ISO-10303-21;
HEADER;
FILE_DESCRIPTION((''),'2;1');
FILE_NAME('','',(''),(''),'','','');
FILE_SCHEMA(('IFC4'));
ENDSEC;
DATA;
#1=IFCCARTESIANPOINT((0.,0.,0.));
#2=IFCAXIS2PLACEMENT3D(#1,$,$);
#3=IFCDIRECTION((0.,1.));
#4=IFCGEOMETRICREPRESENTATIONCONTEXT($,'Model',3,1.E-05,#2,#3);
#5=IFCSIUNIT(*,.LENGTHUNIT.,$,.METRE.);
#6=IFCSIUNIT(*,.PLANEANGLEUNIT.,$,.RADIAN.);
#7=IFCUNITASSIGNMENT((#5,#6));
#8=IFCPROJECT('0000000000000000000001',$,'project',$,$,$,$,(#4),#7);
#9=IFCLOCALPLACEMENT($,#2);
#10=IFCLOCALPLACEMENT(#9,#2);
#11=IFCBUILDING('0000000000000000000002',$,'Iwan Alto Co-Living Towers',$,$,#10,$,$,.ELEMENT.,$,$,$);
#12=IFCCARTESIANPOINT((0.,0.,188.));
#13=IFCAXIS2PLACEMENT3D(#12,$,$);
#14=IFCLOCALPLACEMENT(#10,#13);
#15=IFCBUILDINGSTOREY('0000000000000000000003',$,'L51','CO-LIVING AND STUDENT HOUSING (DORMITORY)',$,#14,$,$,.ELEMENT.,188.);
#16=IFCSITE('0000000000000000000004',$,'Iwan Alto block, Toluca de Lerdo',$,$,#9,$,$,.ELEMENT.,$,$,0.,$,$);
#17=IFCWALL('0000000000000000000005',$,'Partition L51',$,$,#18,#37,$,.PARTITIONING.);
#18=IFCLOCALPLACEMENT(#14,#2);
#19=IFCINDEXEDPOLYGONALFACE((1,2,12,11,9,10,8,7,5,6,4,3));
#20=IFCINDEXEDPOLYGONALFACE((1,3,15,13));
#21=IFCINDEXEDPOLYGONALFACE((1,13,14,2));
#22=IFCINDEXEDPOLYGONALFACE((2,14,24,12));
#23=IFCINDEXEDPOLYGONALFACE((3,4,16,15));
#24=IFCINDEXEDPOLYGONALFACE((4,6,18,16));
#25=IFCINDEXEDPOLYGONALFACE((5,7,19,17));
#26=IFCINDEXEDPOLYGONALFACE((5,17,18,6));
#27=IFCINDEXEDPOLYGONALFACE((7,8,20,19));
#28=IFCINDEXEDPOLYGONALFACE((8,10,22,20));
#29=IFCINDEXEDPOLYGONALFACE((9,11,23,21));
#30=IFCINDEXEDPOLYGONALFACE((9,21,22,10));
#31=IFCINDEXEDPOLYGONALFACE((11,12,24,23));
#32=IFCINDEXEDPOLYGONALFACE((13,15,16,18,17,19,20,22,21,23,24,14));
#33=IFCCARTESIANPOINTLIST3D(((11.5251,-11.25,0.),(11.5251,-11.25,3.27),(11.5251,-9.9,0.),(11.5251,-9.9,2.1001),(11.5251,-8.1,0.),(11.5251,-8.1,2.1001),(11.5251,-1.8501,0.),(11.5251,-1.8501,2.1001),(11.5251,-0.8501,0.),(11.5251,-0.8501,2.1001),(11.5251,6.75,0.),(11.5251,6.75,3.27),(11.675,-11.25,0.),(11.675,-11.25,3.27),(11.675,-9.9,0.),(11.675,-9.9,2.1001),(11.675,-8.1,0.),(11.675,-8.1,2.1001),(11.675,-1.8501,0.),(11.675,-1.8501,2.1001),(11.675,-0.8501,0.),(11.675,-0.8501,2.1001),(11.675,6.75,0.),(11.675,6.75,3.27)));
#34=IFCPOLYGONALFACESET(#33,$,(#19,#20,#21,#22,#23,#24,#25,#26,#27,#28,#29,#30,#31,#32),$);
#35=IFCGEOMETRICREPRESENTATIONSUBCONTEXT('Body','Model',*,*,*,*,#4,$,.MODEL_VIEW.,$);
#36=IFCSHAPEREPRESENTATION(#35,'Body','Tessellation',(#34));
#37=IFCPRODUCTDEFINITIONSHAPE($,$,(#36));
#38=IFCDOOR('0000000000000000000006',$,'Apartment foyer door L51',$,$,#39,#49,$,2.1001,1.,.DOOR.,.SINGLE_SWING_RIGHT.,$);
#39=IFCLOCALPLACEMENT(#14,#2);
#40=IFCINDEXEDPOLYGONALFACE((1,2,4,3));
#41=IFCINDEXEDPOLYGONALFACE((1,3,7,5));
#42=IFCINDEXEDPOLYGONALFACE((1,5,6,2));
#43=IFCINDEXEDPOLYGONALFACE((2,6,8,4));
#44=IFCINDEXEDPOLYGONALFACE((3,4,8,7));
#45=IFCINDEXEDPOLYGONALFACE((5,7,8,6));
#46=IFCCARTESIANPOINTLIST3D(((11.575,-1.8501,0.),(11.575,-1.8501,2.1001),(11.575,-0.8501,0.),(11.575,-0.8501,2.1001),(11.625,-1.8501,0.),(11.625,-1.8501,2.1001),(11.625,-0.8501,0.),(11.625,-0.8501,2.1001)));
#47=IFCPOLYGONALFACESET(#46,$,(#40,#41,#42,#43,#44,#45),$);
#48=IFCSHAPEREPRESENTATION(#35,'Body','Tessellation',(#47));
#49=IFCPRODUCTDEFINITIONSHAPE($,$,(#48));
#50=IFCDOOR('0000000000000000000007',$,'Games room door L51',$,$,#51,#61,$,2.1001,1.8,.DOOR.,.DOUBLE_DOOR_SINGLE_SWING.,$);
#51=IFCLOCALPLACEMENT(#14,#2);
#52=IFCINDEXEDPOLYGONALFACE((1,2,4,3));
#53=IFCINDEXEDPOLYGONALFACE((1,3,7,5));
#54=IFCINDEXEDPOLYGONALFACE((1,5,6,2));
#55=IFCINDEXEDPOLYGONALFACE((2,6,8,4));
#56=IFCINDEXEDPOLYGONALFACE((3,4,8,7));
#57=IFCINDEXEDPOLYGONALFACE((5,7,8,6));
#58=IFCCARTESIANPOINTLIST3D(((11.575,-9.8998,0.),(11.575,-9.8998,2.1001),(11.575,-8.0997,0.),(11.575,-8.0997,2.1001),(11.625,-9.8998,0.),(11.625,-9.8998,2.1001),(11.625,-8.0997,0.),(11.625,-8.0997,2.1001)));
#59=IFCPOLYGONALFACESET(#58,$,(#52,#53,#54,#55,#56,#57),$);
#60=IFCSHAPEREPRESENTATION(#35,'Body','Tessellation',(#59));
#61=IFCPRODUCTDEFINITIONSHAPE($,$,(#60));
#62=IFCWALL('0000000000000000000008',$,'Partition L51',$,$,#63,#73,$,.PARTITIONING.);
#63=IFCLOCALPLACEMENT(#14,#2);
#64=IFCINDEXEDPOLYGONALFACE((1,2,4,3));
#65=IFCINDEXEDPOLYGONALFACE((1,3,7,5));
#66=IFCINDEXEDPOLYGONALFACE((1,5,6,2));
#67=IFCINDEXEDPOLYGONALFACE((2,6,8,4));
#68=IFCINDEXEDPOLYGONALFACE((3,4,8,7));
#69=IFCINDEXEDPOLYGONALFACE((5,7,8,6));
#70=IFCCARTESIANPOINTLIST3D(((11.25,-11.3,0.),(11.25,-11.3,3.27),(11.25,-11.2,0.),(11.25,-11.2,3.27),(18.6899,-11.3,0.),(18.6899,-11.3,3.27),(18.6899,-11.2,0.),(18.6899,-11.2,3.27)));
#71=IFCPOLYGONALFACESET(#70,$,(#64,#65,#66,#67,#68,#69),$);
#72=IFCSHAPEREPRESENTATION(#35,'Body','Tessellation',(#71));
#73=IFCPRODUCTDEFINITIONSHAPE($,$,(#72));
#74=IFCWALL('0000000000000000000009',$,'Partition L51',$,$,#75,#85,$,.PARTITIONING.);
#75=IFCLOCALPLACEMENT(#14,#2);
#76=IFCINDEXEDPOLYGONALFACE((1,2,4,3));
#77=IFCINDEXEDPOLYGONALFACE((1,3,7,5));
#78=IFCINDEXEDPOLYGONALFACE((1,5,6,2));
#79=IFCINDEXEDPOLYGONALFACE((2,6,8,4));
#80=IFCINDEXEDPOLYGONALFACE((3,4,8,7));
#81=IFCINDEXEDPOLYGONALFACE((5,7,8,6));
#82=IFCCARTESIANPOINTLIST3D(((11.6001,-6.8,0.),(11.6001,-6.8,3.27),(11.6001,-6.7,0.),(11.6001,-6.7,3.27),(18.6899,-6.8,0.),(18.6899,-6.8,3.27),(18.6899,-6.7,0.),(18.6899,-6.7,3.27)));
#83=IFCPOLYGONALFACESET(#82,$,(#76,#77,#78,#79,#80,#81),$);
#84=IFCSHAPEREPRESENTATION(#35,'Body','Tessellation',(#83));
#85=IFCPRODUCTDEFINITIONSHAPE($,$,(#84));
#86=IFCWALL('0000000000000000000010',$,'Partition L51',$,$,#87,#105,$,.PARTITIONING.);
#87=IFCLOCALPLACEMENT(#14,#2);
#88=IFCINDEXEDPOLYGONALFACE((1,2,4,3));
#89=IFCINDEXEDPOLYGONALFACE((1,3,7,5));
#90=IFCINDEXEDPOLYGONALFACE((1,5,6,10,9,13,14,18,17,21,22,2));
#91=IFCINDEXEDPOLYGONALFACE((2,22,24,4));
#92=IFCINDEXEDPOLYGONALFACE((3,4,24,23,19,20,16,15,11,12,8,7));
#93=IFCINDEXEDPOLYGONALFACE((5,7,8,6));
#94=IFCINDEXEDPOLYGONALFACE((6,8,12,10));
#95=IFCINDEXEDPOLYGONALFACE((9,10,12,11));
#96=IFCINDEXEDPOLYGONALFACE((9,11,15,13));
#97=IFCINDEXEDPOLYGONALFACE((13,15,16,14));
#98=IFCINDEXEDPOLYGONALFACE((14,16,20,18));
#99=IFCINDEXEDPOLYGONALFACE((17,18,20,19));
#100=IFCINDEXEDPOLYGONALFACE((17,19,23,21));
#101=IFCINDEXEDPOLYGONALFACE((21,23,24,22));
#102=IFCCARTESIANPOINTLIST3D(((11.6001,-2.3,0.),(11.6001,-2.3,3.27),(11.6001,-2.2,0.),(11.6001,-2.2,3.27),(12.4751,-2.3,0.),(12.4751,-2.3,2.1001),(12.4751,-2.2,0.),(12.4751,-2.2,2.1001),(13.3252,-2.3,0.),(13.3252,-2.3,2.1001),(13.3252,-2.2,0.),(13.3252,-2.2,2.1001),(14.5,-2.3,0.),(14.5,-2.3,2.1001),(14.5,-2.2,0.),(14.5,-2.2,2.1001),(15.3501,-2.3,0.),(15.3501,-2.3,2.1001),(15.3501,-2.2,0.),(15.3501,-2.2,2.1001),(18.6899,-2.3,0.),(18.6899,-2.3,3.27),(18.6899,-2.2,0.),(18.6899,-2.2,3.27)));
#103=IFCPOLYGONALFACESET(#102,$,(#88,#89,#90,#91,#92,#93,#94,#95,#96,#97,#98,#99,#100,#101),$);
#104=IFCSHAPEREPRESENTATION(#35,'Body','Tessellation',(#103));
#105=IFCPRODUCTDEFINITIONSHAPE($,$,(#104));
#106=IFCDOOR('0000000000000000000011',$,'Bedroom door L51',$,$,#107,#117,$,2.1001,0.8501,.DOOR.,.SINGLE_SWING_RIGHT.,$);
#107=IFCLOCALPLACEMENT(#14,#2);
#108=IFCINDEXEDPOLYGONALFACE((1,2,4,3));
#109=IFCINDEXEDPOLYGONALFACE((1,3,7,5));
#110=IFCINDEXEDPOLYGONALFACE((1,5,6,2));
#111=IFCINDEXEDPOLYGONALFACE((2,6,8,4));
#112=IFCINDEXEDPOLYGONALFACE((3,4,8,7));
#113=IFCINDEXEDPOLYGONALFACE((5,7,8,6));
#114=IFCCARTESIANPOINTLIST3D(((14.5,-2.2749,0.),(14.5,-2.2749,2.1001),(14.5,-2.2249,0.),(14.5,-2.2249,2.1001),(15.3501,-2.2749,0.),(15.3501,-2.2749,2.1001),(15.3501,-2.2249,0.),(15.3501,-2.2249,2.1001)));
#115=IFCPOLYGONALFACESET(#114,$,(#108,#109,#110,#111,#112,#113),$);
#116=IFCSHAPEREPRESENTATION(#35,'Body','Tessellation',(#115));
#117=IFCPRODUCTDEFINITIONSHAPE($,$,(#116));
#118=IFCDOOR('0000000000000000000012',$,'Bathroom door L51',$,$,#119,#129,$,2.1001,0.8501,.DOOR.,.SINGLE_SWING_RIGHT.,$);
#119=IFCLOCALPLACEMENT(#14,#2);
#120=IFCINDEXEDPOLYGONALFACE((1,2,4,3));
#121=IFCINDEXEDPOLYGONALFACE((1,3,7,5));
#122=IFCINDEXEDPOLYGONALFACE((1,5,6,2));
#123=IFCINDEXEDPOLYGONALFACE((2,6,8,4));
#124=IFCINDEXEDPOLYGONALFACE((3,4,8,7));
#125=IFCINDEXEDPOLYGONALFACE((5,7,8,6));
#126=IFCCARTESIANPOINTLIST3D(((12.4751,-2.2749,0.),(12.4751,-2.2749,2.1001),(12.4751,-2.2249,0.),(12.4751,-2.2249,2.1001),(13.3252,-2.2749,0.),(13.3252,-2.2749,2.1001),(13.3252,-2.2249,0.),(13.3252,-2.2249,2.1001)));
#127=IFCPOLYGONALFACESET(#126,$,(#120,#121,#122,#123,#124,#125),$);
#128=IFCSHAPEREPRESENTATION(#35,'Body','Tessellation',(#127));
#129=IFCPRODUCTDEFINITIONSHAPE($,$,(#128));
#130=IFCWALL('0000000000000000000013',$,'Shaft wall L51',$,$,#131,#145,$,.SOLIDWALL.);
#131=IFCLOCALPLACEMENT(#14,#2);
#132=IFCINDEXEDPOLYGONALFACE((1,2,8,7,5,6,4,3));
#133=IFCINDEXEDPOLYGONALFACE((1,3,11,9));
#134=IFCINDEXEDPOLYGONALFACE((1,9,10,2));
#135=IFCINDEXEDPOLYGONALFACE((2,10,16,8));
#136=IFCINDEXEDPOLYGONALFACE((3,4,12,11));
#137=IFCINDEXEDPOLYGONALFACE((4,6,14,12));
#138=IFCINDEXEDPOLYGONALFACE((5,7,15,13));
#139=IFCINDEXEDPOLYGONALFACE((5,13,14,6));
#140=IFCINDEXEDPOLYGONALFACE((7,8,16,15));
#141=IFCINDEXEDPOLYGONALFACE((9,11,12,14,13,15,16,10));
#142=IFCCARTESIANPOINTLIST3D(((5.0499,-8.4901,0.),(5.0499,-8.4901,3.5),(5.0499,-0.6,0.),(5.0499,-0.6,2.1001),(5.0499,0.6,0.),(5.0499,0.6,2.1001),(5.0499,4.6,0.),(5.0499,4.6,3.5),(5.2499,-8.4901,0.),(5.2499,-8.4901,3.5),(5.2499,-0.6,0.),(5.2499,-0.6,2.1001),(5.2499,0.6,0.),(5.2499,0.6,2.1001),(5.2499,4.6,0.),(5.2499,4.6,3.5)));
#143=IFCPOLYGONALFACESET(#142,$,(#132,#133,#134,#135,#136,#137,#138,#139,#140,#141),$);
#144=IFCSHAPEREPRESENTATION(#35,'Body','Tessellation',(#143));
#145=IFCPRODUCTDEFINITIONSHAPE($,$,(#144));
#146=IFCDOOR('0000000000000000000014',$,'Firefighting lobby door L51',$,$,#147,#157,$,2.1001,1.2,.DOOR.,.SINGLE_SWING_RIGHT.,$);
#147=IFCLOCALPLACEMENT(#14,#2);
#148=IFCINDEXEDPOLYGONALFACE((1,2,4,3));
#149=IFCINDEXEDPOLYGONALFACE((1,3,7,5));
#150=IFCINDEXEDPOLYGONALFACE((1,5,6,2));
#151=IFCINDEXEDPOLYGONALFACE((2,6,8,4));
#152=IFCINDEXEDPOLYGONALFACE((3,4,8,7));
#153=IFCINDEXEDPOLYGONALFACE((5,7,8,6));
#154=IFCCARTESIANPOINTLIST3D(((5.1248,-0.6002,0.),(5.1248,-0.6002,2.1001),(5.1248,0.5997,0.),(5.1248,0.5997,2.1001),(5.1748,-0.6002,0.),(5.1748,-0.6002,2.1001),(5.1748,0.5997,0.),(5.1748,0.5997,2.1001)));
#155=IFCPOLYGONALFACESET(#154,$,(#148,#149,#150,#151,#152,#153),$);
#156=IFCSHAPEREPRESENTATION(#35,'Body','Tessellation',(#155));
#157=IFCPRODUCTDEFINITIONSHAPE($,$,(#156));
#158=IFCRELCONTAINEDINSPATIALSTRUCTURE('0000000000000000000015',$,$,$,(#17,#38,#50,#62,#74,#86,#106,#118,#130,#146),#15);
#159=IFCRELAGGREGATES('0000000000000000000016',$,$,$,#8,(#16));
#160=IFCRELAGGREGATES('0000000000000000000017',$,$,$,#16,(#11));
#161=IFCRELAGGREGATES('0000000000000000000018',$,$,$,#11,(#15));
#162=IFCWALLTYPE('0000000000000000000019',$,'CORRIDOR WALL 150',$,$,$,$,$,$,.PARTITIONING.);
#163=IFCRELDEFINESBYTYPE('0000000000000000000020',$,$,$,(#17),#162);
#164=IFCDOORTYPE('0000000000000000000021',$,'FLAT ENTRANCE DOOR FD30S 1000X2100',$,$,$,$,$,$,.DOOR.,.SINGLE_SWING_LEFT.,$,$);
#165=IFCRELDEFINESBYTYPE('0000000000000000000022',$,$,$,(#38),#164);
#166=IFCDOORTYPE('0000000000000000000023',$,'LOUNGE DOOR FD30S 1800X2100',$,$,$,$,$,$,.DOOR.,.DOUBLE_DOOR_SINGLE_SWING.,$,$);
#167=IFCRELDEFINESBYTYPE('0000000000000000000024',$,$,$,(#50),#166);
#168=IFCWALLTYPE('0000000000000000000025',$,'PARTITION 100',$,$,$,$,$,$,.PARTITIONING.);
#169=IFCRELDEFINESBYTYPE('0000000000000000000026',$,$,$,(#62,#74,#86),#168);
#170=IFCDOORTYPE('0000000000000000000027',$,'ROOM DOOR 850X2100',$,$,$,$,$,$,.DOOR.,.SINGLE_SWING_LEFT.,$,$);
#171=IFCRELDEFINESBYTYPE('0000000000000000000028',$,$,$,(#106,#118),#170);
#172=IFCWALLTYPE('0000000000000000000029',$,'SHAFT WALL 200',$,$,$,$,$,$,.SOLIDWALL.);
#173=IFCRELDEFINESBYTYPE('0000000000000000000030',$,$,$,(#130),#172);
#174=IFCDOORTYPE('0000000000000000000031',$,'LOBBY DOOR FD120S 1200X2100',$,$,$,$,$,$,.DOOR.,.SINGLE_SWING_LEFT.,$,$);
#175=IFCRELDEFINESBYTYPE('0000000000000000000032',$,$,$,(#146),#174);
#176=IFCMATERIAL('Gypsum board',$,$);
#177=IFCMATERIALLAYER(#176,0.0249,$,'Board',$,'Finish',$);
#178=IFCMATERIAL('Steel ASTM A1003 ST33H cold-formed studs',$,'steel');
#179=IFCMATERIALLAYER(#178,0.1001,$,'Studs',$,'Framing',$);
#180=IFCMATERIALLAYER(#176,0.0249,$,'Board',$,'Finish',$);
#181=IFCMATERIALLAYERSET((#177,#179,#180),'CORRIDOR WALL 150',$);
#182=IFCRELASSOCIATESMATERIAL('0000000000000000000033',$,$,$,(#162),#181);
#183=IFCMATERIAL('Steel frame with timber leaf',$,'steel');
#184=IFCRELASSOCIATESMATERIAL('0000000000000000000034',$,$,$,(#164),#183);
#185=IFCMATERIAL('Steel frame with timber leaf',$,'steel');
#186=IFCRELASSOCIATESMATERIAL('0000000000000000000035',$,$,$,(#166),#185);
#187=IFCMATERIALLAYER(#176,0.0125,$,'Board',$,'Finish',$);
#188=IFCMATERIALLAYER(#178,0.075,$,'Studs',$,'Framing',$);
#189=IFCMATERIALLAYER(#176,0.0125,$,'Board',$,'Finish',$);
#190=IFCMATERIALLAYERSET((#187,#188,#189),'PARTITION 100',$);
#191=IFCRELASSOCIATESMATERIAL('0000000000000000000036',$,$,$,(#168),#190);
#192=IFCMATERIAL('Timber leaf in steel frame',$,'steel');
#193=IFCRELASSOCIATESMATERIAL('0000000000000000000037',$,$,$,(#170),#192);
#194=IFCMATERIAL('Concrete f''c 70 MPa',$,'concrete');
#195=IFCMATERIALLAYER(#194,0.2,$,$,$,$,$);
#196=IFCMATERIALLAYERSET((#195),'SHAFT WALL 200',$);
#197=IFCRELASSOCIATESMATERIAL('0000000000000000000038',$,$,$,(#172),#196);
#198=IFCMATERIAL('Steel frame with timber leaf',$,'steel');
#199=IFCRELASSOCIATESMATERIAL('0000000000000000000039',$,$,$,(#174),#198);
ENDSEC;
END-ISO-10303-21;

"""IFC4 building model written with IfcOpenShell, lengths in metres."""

from ifc_helpers import new_model, si_unit, direction, frame, frame_2d, origin, place, context, subcontext, project, spatial, rectangle, extrude, material, layer, layer_set, type_object, element, fill, save


model = new_model("IFC4")

# Units and contexts
model_context = context("Model", 3, precision=1e-05, world=origin(), true_north=direction((0.0, 1.0)))
body_context = subcontext(model_context, "Body", "Model", "MODEL_VIEW")
ifc_project = project(units=[si_unit("LENGTHUNIT", "METRE"), si_unit("PLANEANGLEUNIT", "RADIAN")], contexts=[model_context])

# Site, building, storey
site_placement = place(None, origin())
site = spatial("IfcSite", under=ifc_project, at=site_placement, Name="Iwan Alto block, Toluca de Lerdo", CompositionType="ELEMENT", RefElevation=0.0)
building_placement = place(site_placement, origin())
building = spatial("IfcBuilding", under=site, at=building_placement, Name="Iwan Alto Co-Living Towers", CompositionType="ELEMENT")
storey_placement = place(building_placement, frame((0.0, 0.0, 188.0)))
storey = spatial("IfcBuildingStorey", under=building, at=storey_placement, Name="L51", Description="CO-LIVING AND STUDENT HOUSING (DORMITORY)", CompositionType="ELEMENT", Elevation=188.0)

# Wall, openings, doors
ifc_material_1 = material(Name="Gypsum board")
ifc_layer_1 = layer(ifc_material_1, 0.0249, Name="Board", Category="Finish")
ifc_material_2 = material(Name="Steel ASTM A1003 ST33H cold-formed studs", Category="steel")
ifc_layer_2 = layer(ifc_material_2, 0.1001, Name="Studs", Category="Framing")
ifc_layer_3 = layer(ifc_material_1, 0.0249, Name="Board", Category="Finish")
ifc_layer_set_1 = layer_set([ifc_layer_1, ifc_layer_2, ifc_layer_3], Name="CORRIDOR WALL 150")
wall_type_1 = type_object("IfcWallType", Name="CORRIDOR WALL 150", PredefinedType="PARTITIONING", material=ifc_layer_set_1)
wall_1_placement = place(storey_placement, frame((11.6001, -11.25, 0.0), z_axis=(0.0, 0.0, 1.0), x_axis=(0.0, 1.0, 0.0)))
wall_1 = element("IfcWall", 1, at=wall_1_placement, inside=storey, type_object=wall_type_1, Name="Partition L51", PredefinedType="PARTITIONING", context=body_context, shape_type="SweptSolid", body=[
    extrude(rectangle(XDim=18.0, YDim=0.1499, at=frame_2d((9.0, 0.0))), origin(), (0.0, 0.0, 1.0), 3.27),
])
opening_1_placement = place(wall_1_placement, frame((1.3501, 0.0, 0.0)))
opening_1 = element("IfcOpeningElement", 2, at=opening_1_placement, cuts=wall_1, PredefinedType="OPENING", context=body_context, shape_type="SweptSolid", body=[
    extrude(rectangle(XDim=1.8, YDim=2.1001, at=frame_2d((0.8999, 1.05))), frame((0.0, 0.085, 0.0), z_axis=(0.0, -1.0, 0.0), x_axis=(1.0, 0.0, 0.0)), (0.0, 0.0, 1.0), 0.1699),
])
opening_2_placement = place(wall_1_placement, frame((9.3999, 0.0, 0.0)))
opening_2 = element("IfcOpeningElement", 3, at=opening_2_placement, cuts=wall_1, PredefinedType="OPENING", context=body_context, shape_type="SweptSolid", body=[
    extrude(rectangle(XDim=1.0, YDim=2.1001, at=frame_2d((0.5, 1.05))), frame((0.0, 0.085, 0.0), z_axis=(0.0, -1.0, 0.0), x_axis=(1.0, 0.0, 0.0)), (0.0, 0.0, 1.0), 0.1699),
])
ifc_material_3 = material(Name="Steel frame with timber leaf", Category="steel")
door_type_1 = type_object("IfcDoorType", Name="FLAT ENTRANCE DOOR FD30S 1000X2100", OperationType="SINGLE_SWING_LEFT", PredefinedType="DOOR", material=ifc_material_3)
door_1_placement = place(opening_2_placement, frame((1.0, 0.0, 0.0), z_axis=(0.0, 0.0, 1.0), x_axis=(-1.0, 0.0, 0.0)))
door_1 = element("IfcDoor", 4, at=door_1_placement, inside=storey, type_object=door_type_1, Name="Apartment foyer door L51", OperationType="SINGLE_SWING_RIGHT", OverallHeight=2.1001, OverallWidth=1.0, PredefinedType="DOOR", context=body_context, shape_type="SweptSolid", body=[
    extrude(rectangle(XDim=1.0, YDim=2.1001, at=frame_2d((0.5, 1.05))), frame((0.0, 0.0249, 0.0), z_axis=(0.0, -1.0, 0.0), x_axis=(1.0, 0.0, 0.0)), (0.0, 0.0, 1.0), 0.05),
])
fill(opening_2, door_1)
ifc_material_4 = material(Name="Steel frame with timber leaf", Category="steel")
door_type_2 = type_object("IfcDoorType", Name="LOUNGE DOOR FD30S 1800X2100", OperationType="DOUBLE_DOOR_SINGLE_SWING", PredefinedType="DOOR", material=ifc_material_4)
door_2_placement = place(opening_1_placement, frame((1.8, 0.0, 0.0), z_axis=(0.0, 0.0, 1.0), x_axis=(-1.0, 0.0, 0.0)))
door_2 = element("IfcDoor", 5, at=door_2_placement, inside=storey, type_object=door_type_2, Name="Games room door L51", OperationType="DOUBLE_DOOR_SINGLE_SWING", OverallHeight=2.1001, OverallWidth=1.8, PredefinedType="DOOR", context=body_context, shape_type="SweptSolid", body=[
    extrude(rectangle(XDim=1.8, YDim=2.1001, at=frame_2d((0.8999, 1.05))), frame((0.0, 0.0249, 0.0), z_axis=(0.0, -1.0, 0.0), x_axis=(1.0, 0.0, 0.0)), (0.0, 0.0, 1.0), 0.05),
])
fill(opening_1, door_2)

# Walls
ifc_layer_4 = layer(ifc_material_1, 0.0125, Name="Board", Category="Finish")
ifc_layer_5 = layer(ifc_material_2, 0.075, Name="Studs", Category="Framing")
ifc_layer_6 = layer(ifc_material_1, 0.0125, Name="Board", Category="Finish")
ifc_layer_set_2 = layer_set([ifc_layer_4, ifc_layer_5, ifc_layer_6], Name="PARTITION 100")
wall_type_2 = type_object("IfcWallType", Name="PARTITION 100", PredefinedType="PARTITIONING", material=ifc_layer_set_2)
wall_2_placement = place(storey_placement, frame((11.25, -11.25, 0.0), z_axis=(0.0, 0.0, 1.0), x_axis=(1.0, 0.0, 0.0)))
element("IfcWall", 6, at=wall_2_placement, inside=storey, type_object=wall_type_2, Name="Partition L51", PredefinedType="PARTITIONING", context=body_context, shape_type="SweptSolid", body=[
    extrude(rectangle(XDim=7.4399, YDim=0.1001, at=frame_2d((3.72, 0.0))), origin(), (0.0, 0.0, 1.0), 3.27),
])
wall_3_placement = place(storey_placement, frame((11.6001, -6.75, 0.0), z_axis=(0.0, 0.0, 1.0), x_axis=(1.0, 0.0, 0.0)))
element("IfcWall", 7, at=wall_3_placement, inside=storey, type_object=wall_type_2, Name="Partition L51", PredefinedType="PARTITIONING", context=body_context, shape_type="SweptSolid", body=[
    extrude(rectangle(XDim=7.0898, YDim=0.1001, at=frame_2d((3.5449, 0.0))), origin(), (0.0, 0.0, 1.0), 3.27),
])

# Wall, openings, doors
wall_4_placement = place(storey_placement, frame((11.6001, -2.25, 0.0), z_axis=(0.0, 0.0, 1.0), x_axis=(1.0, 0.0, 0.0)))
wall_4 = element("IfcWall", 8, at=wall_4_placement, inside=storey, type_object=wall_type_2, Name="Partition L51", PredefinedType="PARTITIONING", context=body_context, shape_type="SweptSolid", body=[
    extrude(rectangle(XDim=7.0898, YDim=0.1001, at=frame_2d((3.5449, 0.0))), origin(), (0.0, 0.0, 1.0), 3.27),
])
opening_3_placement = place(wall_4_placement, frame((2.8999, 0.0, 0.0)))
opening_3 = element("IfcOpeningElement", 9, at=opening_3_placement, cuts=wall_4, PredefinedType="OPENING", context=body_context, shape_type="SweptSolid", body=[
    extrude(rectangle(XDim=0.8501, YDim=2.1001, at=frame_2d((0.425, 1.05))), frame((0.0, 0.0601, 0.0), z_axis=(0.0, -1.0, 0.0), x_axis=(1.0, 0.0, 0.0)), (0.0, 0.0, 1.0), 0.1201),
])
opening_4_placement = place(wall_4_placement, frame((0.875, 0.0, 0.0)))
opening_4 = element("IfcOpeningElement", 10, at=opening_4_placement, cuts=wall_4, PredefinedType="OPENING", context=body_context, shape_type="SweptSolid", body=[
    extrude(rectangle(XDim=0.8501, YDim=2.1001, at=frame_2d((0.425, 1.05))), frame((0.0, 0.0601, 0.0), z_axis=(0.0, -1.0, 0.0), x_axis=(1.0, 0.0, 0.0)), (0.0, 0.0, 1.0), 0.1201),
])
ifc_material_5 = material(Name="Timber leaf in steel frame", Category="steel")
door_type_3 = type_object("IfcDoorType", Name="ROOM DOOR 850X2100", OperationType="SINGLE_SWING_LEFT", PredefinedType="DOOR", material=ifc_material_5)
door_3_placement = place(opening_3_placement, frame((0.8501, 0.0, 0.0), z_axis=(0.0, 0.0, 1.0), x_axis=(-1.0, 0.0, 0.0)))
door_3 = element("IfcDoor", 11, at=door_3_placement, inside=storey, type_object=door_type_3, Name="Bedroom door L51", OperationType="SINGLE_SWING_RIGHT", OverallHeight=2.1001, OverallWidth=0.8501, PredefinedType="DOOR", context=body_context, shape_type="SweptSolid", body=[
    extrude(rectangle(XDim=0.8501, YDim=2.1001, at=frame_2d((0.425, 1.05))), frame((0.0, 0.0249, 0.0), z_axis=(0.0, -1.0, 0.0), x_axis=(1.0, 0.0, 0.0)), (0.0, 0.0, 1.0), 0.05),
])
fill(opening_3, door_3)
door_4_placement = place(opening_4_placement, frame((0.8501, 0.0, 0.0), z_axis=(0.0, 0.0, 1.0), x_axis=(-1.0, 0.0, 0.0)))
door_4 = element("IfcDoor", 12, at=door_4_placement, inside=storey, type_object=door_type_3, Name="Bathroom door L51", OperationType="SINGLE_SWING_RIGHT", OverallHeight=2.1001, OverallWidth=0.8501, PredefinedType="DOOR", context=body_context, shape_type="SweptSolid", body=[
    extrude(rectangle(XDim=0.8501, YDim=2.1001, at=frame_2d((0.425, 1.05))), frame((0.0, 0.0249, 0.0), z_axis=(0.0, -1.0, 0.0), x_axis=(1.0, 0.0, 0.0)), (0.0, 0.0, 1.0), 0.05),
])
fill(opening_4, door_4)

# Wall, opening, door
ifc_material_6 = material(Name="Concrete f'c 70 MPa", Category="concrete")
ifc_layer_7 = layer(ifc_material_6, 0.2)
ifc_layer_set_3 = layer_set([ifc_layer_7], Name="SHAFT WALL 200")
wall_type_3 = type_object("IfcWallType", Name="SHAFT WALL 200", PredefinedType="SOLIDWALL", material=ifc_layer_set_3)
wall_5_placement = place(storey_placement, frame((5.1499, -8.49, 0.0), z_axis=(0.0, 0.0, 1.0), x_axis=(0.0, 1.0, 0.0)))
wall_5 = element("IfcWall", 13, at=wall_5_placement, inside=storey, type_object=wall_type_3, Name="Shaft wall L51", PredefinedType="SOLIDWALL", context=body_context, shape_type="SweptSolid", body=[
    extrude(rectangle(XDim=13.0901, YDim=0.2, at=frame_2d((6.5449, 0.0))), origin(), (0.0, 0.0, 1.0), 3.5),
])
opening_5_placement = place(wall_5_placement, frame((7.8899, 0.0, 0.0)))
opening_5 = element("IfcOpeningElement", 14, at=opening_5_placement, cuts=wall_5, PredefinedType="OPENING", context=body_context, shape_type="SweptSolid", body=[
    extrude(rectangle(XDim=1.2, YDim=2.1001, at=frame_2d((0.6001, 1.05))), frame((0.0, 0.1099, 0.0), z_axis=(0.0, -1.0, 0.0), x_axis=(1.0, 0.0, 0.0)), (0.0, 0.0, 1.0), 0.22),
])
ifc_material_7 = material(Name="Steel frame with timber leaf", Category="steel")
door_type_4 = type_object("IfcDoorType", Name="LOBBY DOOR FD120S 1200X2100", OperationType="SINGLE_SWING_LEFT", PredefinedType="DOOR", material=ifc_material_7)
door_5_placement = place(opening_5_placement, frame((1.2, 0.0, 0.0), z_axis=(0.0, 0.0, 1.0), x_axis=(-1.0, 0.0, 0.0)))
door_5 = element("IfcDoor", 15, at=door_5_placement, inside=storey, type_object=door_type_4, Name="Firefighting lobby door L51", OperationType="SINGLE_SWING_RIGHT", OverallHeight=2.1001, OverallWidth=1.2, PredefinedType="DOOR", context=body_context, shape_type="SweptSolid", body=[
    extrude(rectangle(XDim=1.2, YDim=2.1001, at=frame_2d((0.6001, 1.05))), frame((0.0, 0.0249, 0.0), z_axis=(0.0, -1.0, 0.0), x_axis=(1.0, 0.0, 0.0)), (0.0, 0.0, 1.0), 0.05),
])
fill(opening_5, door_5)

save(model, "model.ifc")
